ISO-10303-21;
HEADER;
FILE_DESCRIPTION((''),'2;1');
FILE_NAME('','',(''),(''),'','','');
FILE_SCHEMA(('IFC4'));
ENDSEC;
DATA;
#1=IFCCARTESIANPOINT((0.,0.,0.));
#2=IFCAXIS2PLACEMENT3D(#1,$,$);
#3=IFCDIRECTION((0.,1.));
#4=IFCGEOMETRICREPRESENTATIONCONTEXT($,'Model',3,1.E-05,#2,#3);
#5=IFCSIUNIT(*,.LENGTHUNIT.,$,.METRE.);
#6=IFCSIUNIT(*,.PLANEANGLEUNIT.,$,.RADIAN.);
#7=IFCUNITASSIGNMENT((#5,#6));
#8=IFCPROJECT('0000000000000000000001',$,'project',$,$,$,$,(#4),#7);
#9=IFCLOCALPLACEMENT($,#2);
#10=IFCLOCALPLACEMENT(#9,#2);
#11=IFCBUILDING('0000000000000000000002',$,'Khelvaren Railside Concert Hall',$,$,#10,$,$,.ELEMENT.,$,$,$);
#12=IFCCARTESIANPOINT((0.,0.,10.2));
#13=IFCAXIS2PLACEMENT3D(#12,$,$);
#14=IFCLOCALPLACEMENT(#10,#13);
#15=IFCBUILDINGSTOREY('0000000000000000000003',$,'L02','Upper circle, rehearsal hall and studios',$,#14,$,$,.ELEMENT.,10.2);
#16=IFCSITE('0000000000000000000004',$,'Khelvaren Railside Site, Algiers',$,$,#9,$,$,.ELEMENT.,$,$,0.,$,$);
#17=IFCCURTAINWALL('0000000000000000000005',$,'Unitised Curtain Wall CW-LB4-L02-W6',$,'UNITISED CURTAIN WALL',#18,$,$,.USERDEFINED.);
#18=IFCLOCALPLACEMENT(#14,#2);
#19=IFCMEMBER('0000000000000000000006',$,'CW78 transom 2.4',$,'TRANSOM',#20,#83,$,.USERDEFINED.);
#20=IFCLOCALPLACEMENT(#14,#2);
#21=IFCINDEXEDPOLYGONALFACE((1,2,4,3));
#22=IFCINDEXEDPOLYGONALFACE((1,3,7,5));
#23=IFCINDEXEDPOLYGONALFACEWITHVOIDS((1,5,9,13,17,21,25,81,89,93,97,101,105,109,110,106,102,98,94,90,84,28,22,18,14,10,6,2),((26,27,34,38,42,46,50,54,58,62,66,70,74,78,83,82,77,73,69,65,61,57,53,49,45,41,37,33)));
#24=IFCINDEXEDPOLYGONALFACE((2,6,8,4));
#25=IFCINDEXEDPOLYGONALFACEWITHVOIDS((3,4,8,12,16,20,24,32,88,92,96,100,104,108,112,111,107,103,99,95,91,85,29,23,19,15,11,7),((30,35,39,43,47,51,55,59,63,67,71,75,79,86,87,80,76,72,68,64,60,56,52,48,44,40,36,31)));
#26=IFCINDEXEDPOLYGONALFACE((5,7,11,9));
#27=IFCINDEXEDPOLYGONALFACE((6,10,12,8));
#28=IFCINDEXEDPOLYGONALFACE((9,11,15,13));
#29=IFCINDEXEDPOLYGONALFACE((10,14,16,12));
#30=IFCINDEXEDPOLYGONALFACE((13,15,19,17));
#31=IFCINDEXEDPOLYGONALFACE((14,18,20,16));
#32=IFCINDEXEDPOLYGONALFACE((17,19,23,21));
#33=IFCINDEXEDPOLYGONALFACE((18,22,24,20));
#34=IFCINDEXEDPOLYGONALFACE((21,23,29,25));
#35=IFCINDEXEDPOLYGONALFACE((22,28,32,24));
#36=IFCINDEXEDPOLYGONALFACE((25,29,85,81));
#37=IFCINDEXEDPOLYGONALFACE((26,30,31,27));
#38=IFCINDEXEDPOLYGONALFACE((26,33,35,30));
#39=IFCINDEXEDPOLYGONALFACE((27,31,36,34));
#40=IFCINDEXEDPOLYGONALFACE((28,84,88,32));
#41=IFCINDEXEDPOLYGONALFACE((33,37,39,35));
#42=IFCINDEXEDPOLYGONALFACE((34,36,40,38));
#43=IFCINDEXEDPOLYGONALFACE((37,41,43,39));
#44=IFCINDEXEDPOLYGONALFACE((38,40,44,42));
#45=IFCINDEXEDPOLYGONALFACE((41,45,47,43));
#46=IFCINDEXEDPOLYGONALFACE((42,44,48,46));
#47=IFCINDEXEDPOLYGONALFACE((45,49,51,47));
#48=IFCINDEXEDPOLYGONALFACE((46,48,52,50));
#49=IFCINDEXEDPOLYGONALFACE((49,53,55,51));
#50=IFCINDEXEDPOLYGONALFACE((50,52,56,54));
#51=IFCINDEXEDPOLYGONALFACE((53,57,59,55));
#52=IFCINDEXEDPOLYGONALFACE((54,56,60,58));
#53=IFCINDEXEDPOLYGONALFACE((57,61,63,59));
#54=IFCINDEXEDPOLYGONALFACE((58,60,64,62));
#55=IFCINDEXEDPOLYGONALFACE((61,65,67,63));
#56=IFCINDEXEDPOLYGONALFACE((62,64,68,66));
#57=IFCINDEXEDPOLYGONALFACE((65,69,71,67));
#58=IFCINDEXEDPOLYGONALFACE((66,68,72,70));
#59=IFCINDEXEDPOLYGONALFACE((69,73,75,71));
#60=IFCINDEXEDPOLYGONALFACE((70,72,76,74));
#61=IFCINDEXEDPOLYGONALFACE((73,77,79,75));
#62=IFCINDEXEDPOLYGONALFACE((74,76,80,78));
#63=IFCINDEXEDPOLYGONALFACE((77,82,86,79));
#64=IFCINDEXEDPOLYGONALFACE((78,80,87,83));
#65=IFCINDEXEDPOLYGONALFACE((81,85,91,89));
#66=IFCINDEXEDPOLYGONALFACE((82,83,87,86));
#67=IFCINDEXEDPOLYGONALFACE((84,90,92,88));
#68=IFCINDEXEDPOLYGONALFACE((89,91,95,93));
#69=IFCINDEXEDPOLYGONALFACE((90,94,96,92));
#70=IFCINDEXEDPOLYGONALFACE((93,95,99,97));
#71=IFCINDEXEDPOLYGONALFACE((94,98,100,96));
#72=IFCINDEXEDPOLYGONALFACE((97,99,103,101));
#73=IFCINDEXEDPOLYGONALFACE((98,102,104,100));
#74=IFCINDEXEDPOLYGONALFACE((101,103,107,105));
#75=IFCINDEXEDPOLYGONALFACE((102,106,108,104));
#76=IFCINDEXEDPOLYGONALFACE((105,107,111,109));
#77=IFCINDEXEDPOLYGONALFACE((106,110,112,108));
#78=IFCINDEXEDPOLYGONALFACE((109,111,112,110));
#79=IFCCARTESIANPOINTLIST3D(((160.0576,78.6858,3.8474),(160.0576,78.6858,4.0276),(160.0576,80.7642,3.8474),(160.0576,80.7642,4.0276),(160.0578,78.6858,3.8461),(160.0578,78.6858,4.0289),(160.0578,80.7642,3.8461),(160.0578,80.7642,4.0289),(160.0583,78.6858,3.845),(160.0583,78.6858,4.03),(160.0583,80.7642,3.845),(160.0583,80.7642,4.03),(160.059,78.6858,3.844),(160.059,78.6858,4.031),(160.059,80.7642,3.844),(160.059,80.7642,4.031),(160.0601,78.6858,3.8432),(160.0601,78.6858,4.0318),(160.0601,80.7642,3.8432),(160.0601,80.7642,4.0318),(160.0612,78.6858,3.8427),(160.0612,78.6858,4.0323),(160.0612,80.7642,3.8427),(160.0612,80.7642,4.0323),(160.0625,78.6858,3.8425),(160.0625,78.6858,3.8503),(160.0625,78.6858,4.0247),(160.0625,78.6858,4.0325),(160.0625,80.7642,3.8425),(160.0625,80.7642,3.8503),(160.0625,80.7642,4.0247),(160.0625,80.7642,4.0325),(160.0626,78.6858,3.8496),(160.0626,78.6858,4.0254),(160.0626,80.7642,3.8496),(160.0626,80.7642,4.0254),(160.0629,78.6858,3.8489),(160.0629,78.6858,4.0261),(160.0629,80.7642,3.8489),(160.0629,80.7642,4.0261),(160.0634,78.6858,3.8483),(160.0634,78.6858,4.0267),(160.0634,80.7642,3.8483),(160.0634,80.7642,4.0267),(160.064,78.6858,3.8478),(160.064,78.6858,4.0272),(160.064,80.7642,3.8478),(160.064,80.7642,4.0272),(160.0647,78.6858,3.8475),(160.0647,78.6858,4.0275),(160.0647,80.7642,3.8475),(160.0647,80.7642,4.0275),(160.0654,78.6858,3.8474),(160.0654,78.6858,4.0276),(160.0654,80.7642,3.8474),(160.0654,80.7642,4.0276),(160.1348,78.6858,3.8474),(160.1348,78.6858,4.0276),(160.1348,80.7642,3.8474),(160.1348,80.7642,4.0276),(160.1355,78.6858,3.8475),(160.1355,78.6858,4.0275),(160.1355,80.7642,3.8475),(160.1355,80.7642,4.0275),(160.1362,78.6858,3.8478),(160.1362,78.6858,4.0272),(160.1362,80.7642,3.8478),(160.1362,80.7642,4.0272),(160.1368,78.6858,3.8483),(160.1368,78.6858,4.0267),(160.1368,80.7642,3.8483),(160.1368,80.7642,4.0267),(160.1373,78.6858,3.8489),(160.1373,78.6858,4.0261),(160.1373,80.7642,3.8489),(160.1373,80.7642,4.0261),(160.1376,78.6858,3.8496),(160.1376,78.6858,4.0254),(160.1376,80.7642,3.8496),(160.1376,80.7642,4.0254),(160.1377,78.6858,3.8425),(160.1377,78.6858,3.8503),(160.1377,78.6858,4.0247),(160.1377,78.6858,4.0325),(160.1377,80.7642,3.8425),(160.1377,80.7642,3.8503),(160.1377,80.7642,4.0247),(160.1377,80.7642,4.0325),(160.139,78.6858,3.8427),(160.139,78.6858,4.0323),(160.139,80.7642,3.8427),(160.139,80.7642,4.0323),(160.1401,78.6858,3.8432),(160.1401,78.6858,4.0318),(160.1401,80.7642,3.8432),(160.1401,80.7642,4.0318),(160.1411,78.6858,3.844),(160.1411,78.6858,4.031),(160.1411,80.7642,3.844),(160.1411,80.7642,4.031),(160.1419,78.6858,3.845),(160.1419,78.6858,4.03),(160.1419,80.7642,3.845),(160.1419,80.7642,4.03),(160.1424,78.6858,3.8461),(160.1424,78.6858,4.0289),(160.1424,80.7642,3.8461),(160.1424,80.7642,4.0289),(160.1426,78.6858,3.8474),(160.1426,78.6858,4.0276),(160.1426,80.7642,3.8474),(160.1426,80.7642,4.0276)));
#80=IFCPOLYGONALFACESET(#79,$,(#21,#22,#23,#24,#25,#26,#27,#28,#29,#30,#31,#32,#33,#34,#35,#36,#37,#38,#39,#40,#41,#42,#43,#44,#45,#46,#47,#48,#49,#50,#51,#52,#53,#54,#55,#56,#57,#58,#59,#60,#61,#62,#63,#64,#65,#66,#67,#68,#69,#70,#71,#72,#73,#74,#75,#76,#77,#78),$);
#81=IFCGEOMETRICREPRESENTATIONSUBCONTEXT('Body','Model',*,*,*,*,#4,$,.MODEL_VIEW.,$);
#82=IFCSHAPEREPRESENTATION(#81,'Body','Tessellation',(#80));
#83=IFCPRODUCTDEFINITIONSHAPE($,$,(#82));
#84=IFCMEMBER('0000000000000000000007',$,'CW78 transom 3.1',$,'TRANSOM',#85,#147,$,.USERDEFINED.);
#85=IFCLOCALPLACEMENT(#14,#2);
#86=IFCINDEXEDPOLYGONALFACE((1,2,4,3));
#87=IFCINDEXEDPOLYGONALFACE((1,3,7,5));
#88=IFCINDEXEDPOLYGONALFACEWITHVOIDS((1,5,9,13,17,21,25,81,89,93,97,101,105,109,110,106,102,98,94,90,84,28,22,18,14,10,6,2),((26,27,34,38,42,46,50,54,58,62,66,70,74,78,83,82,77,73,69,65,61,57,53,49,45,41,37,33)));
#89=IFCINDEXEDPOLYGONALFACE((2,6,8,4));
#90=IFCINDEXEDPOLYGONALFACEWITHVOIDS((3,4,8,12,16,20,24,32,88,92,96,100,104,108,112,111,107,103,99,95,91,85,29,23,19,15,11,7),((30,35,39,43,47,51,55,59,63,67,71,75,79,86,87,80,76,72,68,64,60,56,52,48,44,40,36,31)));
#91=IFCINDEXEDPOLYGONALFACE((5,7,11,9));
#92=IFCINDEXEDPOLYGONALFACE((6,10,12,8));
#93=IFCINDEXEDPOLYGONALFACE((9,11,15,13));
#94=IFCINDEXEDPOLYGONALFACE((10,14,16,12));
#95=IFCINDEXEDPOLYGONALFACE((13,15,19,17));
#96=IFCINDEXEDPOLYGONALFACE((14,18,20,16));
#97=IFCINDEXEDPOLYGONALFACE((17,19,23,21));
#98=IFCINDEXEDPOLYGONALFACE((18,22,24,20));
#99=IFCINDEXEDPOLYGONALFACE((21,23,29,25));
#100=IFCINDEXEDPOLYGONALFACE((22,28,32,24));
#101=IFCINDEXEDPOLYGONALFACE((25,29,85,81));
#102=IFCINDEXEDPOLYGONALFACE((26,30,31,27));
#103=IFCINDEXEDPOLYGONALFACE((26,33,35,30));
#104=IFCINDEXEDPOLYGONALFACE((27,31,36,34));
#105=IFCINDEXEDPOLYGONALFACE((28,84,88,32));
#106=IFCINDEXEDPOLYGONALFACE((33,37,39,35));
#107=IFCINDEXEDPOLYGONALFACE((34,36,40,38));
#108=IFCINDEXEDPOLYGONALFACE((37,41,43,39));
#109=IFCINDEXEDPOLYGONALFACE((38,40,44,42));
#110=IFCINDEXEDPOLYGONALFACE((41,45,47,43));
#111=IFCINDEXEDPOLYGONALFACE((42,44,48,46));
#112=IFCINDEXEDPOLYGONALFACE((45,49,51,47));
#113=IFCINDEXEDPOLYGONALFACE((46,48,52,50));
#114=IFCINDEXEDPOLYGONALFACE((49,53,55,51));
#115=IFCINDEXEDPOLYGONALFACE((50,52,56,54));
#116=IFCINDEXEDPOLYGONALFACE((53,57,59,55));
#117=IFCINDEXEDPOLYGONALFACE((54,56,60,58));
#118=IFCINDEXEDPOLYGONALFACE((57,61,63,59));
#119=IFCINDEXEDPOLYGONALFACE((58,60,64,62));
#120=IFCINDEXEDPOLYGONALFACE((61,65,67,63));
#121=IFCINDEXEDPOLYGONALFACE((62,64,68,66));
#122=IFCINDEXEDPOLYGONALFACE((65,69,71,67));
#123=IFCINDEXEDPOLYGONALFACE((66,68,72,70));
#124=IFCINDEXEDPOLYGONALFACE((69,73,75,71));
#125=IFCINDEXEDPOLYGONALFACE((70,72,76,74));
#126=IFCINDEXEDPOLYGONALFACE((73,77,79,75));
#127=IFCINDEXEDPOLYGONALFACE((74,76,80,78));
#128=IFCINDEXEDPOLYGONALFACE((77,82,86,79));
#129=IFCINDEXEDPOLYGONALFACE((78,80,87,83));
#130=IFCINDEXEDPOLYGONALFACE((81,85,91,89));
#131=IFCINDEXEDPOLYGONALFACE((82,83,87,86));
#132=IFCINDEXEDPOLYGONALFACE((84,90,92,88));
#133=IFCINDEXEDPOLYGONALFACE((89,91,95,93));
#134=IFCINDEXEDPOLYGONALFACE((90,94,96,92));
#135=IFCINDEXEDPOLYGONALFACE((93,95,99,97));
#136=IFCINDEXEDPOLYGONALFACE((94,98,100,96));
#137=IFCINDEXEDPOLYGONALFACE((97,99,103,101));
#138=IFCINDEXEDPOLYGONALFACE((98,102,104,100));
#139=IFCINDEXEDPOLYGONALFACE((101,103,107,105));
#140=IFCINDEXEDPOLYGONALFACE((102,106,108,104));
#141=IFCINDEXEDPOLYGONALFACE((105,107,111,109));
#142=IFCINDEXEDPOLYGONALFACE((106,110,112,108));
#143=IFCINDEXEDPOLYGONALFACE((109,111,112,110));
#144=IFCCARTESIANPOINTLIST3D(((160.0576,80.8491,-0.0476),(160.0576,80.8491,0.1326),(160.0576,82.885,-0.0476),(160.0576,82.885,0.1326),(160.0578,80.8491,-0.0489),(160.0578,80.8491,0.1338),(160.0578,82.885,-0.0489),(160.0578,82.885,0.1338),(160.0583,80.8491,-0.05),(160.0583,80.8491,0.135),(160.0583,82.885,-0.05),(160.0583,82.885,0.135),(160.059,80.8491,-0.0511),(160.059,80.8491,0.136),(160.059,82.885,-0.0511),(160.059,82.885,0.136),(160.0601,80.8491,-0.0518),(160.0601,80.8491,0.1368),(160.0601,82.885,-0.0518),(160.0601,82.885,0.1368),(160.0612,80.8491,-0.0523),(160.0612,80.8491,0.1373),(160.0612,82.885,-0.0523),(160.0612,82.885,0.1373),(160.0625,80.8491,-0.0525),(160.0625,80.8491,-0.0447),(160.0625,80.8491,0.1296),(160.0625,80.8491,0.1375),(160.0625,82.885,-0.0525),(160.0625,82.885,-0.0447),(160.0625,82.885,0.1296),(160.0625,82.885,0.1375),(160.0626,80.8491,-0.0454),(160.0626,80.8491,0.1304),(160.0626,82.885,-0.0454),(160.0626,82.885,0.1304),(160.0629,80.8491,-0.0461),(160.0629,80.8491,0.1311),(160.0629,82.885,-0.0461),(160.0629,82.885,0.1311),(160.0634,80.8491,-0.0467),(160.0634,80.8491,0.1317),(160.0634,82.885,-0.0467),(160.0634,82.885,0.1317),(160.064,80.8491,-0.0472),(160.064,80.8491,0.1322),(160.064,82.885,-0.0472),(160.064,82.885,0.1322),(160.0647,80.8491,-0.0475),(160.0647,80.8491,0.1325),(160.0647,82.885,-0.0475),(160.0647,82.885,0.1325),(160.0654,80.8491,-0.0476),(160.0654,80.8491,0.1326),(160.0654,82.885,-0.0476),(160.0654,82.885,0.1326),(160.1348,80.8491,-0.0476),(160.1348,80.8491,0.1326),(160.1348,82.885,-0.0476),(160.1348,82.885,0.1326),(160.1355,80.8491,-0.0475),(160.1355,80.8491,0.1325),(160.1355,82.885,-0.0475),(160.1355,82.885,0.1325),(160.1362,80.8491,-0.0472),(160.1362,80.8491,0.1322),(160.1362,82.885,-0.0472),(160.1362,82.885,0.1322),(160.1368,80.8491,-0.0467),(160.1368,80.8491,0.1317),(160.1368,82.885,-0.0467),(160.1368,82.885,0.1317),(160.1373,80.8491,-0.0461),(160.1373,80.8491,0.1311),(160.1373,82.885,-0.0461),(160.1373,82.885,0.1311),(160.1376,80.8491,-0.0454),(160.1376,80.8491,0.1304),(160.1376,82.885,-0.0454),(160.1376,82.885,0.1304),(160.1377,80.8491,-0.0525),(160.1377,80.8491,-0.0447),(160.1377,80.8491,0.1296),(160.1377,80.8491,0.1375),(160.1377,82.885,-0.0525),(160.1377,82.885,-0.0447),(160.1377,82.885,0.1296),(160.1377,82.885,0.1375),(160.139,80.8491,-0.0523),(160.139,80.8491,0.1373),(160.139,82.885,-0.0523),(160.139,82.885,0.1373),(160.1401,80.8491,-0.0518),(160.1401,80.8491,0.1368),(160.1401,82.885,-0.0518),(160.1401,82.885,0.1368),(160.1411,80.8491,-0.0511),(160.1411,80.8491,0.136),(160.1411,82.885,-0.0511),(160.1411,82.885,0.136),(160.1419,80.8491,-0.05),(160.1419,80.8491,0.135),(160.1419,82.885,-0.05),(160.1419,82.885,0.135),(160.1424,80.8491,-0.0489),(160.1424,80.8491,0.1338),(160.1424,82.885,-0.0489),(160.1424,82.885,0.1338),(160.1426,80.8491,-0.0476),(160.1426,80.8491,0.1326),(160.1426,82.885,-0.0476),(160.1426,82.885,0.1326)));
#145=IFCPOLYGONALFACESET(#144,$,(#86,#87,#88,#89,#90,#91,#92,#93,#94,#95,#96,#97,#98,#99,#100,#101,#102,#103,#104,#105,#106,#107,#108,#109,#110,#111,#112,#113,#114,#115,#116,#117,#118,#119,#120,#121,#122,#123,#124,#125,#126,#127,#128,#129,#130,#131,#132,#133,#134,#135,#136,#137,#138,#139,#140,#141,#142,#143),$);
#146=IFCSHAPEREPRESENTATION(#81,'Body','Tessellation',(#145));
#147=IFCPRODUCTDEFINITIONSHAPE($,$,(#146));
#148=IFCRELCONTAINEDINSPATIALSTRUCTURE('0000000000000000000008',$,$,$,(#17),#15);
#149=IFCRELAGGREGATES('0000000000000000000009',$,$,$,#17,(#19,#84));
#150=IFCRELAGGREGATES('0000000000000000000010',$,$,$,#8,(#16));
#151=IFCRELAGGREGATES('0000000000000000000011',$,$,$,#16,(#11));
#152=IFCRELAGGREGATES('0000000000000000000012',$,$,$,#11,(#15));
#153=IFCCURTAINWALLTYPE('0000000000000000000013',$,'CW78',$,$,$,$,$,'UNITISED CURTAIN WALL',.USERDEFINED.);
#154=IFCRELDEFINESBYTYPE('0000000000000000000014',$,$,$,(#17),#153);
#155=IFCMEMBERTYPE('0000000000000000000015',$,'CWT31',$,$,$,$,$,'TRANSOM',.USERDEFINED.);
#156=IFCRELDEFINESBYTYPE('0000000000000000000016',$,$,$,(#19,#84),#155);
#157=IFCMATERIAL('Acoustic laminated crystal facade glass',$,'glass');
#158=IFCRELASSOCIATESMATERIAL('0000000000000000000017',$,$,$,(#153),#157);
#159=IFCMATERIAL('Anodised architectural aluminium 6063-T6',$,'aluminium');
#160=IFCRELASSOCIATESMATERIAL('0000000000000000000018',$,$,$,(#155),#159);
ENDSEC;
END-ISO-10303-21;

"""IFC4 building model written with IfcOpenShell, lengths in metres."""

from ifc_helpers import new_model, si_unit, direction, frame, origin, origin_2d, place, context, subcontext, project, spatial, hollow_rectangle, extrude, material, material_profile, profile_set, type_object, element, aggregate, save


model = new_model("IFC4")

# Units and contexts
model_context = context("Model", 3, precision=1e-05, world=origin(), true_north=direction((0.0, 1.0)))
body_context = subcontext(model_context, "Body", "Model", "MODEL_VIEW")
ifc_project = project(units=[si_unit("LENGTHUNIT", "METRE"), si_unit("PLANEANGLEUNIT", "RADIAN")], contexts=[model_context])

# Site, building, storey
site_placement = place(None, origin())
site = spatial("IfcSite", under=ifc_project, at=site_placement, Name="Khelvaren Railside Site, Algiers", CompositionType="ELEMENT", RefElevation=0.0)
building_placement = place(site_placement, origin())
building = spatial("IfcBuilding", under=site, at=building_placement, Name="Khelvaren Railside Concert Hall", CompositionType="ELEMENT")
storey_placement = place(building_placement, frame((0.0, 0.0, 10.2)))
storey = spatial("IfcBuildingStorey", under=building, at=storey_placement, Name="L02", Description="Upper circle, rehearsal hall and studios", CompositionType="ELEMENT", Elevation=10.2)

# Curtain wall, members
ifc_material_1 = material(Name="Acoustic laminated crystal facade glass", Category="glass")
curtain_wall_type = type_object("IfcCurtainWallType", Name="CW78", ElementType="UNITISED CURTAIN WALL", PredefinedType="USERDEFINED", material=ifc_material_1)
curtain_wall_1_placement = place(storey_placement, origin())
curtain_wall_1 = element("IfcCurtainWall", 1, at=curtain_wall_1_placement, inside=storey, type_object=curtain_wall_type, Name="Unitised Curtain Wall CW-LB4-L02-W6", ObjectType="UNITISED CURTAIN WALL", PredefinedType="USERDEFINED")
ifc_material_2 = material(Name="Anodised architectural aluminium 6063-T6", Category="aluminium")
ifc_material_profile_1 = material_profile(ifc_material_2, hollow_rectangle(XDim=0.085, YDim=0.1899, WallThickness=0.0049, InnerFilletRadius=0.0029, OuterFilletRadius=0.0049, at=origin_2d()), Name="CWT 85x190x5")
ifc_profile_set_1 = profile_set([ifc_material_profile_1], Name="Anodised architectural aluminium 6063-T6")
member_type_1 = type_object("IfcMemberType", Name="CWT31", ElementType="TRANSOM", PredefinedType="USERDEFINED", material=ifc_profile_set_1)
member_1_placement = place(storey_placement, frame((160.1001, 78.6858, 3.9375), z_axis=(0.0, 1.0, 0.0), x_axis=(-1.0, 0.0, 0.0)))
member_1 = element("IfcMember", 2, at=member_1_placement, type_object=member_type_1, Name="CW78 transom 2.4", ObjectType="TRANSOM", PredefinedType="USERDEFINED", context=body_context, shape_type="SweptSolid", body=[
    extrude(hollow_rectangle(XDim=0.085, YDim=0.1899, WallThickness=0.0049, InnerFilletRadius=0.0029, OuterFilletRadius=0.0049, at=origin_2d()), origin(), (0.0, 0.0, 1.0), 2.0784),
])
member_2_placement = place(storey_placement, frame((160.1001, 80.8491, 0.0425), z_axis=(0.0, 1.0, 0.0), x_axis=(-1.0, 0.0, 0.0)))
member_2 = element("IfcMember", 3, at=member_2_placement, type_object=member_type_1, Name="CW78 transom 3.1", ObjectType="TRANSOM", PredefinedType="USERDEFINED", context=body_context, shape_type="SweptSolid", body=[
    extrude(hollow_rectangle(XDim=0.085, YDim=0.1899, WallThickness=0.0049, InnerFilletRadius=0.0029, OuterFilletRadius=0.0049, at=origin_2d()), origin(), (0.0, 0.0, 1.0), 2.0359),
])

aggregate(curtain_wall_1, [member_1, member_2])

save(model, "model.ifc")
